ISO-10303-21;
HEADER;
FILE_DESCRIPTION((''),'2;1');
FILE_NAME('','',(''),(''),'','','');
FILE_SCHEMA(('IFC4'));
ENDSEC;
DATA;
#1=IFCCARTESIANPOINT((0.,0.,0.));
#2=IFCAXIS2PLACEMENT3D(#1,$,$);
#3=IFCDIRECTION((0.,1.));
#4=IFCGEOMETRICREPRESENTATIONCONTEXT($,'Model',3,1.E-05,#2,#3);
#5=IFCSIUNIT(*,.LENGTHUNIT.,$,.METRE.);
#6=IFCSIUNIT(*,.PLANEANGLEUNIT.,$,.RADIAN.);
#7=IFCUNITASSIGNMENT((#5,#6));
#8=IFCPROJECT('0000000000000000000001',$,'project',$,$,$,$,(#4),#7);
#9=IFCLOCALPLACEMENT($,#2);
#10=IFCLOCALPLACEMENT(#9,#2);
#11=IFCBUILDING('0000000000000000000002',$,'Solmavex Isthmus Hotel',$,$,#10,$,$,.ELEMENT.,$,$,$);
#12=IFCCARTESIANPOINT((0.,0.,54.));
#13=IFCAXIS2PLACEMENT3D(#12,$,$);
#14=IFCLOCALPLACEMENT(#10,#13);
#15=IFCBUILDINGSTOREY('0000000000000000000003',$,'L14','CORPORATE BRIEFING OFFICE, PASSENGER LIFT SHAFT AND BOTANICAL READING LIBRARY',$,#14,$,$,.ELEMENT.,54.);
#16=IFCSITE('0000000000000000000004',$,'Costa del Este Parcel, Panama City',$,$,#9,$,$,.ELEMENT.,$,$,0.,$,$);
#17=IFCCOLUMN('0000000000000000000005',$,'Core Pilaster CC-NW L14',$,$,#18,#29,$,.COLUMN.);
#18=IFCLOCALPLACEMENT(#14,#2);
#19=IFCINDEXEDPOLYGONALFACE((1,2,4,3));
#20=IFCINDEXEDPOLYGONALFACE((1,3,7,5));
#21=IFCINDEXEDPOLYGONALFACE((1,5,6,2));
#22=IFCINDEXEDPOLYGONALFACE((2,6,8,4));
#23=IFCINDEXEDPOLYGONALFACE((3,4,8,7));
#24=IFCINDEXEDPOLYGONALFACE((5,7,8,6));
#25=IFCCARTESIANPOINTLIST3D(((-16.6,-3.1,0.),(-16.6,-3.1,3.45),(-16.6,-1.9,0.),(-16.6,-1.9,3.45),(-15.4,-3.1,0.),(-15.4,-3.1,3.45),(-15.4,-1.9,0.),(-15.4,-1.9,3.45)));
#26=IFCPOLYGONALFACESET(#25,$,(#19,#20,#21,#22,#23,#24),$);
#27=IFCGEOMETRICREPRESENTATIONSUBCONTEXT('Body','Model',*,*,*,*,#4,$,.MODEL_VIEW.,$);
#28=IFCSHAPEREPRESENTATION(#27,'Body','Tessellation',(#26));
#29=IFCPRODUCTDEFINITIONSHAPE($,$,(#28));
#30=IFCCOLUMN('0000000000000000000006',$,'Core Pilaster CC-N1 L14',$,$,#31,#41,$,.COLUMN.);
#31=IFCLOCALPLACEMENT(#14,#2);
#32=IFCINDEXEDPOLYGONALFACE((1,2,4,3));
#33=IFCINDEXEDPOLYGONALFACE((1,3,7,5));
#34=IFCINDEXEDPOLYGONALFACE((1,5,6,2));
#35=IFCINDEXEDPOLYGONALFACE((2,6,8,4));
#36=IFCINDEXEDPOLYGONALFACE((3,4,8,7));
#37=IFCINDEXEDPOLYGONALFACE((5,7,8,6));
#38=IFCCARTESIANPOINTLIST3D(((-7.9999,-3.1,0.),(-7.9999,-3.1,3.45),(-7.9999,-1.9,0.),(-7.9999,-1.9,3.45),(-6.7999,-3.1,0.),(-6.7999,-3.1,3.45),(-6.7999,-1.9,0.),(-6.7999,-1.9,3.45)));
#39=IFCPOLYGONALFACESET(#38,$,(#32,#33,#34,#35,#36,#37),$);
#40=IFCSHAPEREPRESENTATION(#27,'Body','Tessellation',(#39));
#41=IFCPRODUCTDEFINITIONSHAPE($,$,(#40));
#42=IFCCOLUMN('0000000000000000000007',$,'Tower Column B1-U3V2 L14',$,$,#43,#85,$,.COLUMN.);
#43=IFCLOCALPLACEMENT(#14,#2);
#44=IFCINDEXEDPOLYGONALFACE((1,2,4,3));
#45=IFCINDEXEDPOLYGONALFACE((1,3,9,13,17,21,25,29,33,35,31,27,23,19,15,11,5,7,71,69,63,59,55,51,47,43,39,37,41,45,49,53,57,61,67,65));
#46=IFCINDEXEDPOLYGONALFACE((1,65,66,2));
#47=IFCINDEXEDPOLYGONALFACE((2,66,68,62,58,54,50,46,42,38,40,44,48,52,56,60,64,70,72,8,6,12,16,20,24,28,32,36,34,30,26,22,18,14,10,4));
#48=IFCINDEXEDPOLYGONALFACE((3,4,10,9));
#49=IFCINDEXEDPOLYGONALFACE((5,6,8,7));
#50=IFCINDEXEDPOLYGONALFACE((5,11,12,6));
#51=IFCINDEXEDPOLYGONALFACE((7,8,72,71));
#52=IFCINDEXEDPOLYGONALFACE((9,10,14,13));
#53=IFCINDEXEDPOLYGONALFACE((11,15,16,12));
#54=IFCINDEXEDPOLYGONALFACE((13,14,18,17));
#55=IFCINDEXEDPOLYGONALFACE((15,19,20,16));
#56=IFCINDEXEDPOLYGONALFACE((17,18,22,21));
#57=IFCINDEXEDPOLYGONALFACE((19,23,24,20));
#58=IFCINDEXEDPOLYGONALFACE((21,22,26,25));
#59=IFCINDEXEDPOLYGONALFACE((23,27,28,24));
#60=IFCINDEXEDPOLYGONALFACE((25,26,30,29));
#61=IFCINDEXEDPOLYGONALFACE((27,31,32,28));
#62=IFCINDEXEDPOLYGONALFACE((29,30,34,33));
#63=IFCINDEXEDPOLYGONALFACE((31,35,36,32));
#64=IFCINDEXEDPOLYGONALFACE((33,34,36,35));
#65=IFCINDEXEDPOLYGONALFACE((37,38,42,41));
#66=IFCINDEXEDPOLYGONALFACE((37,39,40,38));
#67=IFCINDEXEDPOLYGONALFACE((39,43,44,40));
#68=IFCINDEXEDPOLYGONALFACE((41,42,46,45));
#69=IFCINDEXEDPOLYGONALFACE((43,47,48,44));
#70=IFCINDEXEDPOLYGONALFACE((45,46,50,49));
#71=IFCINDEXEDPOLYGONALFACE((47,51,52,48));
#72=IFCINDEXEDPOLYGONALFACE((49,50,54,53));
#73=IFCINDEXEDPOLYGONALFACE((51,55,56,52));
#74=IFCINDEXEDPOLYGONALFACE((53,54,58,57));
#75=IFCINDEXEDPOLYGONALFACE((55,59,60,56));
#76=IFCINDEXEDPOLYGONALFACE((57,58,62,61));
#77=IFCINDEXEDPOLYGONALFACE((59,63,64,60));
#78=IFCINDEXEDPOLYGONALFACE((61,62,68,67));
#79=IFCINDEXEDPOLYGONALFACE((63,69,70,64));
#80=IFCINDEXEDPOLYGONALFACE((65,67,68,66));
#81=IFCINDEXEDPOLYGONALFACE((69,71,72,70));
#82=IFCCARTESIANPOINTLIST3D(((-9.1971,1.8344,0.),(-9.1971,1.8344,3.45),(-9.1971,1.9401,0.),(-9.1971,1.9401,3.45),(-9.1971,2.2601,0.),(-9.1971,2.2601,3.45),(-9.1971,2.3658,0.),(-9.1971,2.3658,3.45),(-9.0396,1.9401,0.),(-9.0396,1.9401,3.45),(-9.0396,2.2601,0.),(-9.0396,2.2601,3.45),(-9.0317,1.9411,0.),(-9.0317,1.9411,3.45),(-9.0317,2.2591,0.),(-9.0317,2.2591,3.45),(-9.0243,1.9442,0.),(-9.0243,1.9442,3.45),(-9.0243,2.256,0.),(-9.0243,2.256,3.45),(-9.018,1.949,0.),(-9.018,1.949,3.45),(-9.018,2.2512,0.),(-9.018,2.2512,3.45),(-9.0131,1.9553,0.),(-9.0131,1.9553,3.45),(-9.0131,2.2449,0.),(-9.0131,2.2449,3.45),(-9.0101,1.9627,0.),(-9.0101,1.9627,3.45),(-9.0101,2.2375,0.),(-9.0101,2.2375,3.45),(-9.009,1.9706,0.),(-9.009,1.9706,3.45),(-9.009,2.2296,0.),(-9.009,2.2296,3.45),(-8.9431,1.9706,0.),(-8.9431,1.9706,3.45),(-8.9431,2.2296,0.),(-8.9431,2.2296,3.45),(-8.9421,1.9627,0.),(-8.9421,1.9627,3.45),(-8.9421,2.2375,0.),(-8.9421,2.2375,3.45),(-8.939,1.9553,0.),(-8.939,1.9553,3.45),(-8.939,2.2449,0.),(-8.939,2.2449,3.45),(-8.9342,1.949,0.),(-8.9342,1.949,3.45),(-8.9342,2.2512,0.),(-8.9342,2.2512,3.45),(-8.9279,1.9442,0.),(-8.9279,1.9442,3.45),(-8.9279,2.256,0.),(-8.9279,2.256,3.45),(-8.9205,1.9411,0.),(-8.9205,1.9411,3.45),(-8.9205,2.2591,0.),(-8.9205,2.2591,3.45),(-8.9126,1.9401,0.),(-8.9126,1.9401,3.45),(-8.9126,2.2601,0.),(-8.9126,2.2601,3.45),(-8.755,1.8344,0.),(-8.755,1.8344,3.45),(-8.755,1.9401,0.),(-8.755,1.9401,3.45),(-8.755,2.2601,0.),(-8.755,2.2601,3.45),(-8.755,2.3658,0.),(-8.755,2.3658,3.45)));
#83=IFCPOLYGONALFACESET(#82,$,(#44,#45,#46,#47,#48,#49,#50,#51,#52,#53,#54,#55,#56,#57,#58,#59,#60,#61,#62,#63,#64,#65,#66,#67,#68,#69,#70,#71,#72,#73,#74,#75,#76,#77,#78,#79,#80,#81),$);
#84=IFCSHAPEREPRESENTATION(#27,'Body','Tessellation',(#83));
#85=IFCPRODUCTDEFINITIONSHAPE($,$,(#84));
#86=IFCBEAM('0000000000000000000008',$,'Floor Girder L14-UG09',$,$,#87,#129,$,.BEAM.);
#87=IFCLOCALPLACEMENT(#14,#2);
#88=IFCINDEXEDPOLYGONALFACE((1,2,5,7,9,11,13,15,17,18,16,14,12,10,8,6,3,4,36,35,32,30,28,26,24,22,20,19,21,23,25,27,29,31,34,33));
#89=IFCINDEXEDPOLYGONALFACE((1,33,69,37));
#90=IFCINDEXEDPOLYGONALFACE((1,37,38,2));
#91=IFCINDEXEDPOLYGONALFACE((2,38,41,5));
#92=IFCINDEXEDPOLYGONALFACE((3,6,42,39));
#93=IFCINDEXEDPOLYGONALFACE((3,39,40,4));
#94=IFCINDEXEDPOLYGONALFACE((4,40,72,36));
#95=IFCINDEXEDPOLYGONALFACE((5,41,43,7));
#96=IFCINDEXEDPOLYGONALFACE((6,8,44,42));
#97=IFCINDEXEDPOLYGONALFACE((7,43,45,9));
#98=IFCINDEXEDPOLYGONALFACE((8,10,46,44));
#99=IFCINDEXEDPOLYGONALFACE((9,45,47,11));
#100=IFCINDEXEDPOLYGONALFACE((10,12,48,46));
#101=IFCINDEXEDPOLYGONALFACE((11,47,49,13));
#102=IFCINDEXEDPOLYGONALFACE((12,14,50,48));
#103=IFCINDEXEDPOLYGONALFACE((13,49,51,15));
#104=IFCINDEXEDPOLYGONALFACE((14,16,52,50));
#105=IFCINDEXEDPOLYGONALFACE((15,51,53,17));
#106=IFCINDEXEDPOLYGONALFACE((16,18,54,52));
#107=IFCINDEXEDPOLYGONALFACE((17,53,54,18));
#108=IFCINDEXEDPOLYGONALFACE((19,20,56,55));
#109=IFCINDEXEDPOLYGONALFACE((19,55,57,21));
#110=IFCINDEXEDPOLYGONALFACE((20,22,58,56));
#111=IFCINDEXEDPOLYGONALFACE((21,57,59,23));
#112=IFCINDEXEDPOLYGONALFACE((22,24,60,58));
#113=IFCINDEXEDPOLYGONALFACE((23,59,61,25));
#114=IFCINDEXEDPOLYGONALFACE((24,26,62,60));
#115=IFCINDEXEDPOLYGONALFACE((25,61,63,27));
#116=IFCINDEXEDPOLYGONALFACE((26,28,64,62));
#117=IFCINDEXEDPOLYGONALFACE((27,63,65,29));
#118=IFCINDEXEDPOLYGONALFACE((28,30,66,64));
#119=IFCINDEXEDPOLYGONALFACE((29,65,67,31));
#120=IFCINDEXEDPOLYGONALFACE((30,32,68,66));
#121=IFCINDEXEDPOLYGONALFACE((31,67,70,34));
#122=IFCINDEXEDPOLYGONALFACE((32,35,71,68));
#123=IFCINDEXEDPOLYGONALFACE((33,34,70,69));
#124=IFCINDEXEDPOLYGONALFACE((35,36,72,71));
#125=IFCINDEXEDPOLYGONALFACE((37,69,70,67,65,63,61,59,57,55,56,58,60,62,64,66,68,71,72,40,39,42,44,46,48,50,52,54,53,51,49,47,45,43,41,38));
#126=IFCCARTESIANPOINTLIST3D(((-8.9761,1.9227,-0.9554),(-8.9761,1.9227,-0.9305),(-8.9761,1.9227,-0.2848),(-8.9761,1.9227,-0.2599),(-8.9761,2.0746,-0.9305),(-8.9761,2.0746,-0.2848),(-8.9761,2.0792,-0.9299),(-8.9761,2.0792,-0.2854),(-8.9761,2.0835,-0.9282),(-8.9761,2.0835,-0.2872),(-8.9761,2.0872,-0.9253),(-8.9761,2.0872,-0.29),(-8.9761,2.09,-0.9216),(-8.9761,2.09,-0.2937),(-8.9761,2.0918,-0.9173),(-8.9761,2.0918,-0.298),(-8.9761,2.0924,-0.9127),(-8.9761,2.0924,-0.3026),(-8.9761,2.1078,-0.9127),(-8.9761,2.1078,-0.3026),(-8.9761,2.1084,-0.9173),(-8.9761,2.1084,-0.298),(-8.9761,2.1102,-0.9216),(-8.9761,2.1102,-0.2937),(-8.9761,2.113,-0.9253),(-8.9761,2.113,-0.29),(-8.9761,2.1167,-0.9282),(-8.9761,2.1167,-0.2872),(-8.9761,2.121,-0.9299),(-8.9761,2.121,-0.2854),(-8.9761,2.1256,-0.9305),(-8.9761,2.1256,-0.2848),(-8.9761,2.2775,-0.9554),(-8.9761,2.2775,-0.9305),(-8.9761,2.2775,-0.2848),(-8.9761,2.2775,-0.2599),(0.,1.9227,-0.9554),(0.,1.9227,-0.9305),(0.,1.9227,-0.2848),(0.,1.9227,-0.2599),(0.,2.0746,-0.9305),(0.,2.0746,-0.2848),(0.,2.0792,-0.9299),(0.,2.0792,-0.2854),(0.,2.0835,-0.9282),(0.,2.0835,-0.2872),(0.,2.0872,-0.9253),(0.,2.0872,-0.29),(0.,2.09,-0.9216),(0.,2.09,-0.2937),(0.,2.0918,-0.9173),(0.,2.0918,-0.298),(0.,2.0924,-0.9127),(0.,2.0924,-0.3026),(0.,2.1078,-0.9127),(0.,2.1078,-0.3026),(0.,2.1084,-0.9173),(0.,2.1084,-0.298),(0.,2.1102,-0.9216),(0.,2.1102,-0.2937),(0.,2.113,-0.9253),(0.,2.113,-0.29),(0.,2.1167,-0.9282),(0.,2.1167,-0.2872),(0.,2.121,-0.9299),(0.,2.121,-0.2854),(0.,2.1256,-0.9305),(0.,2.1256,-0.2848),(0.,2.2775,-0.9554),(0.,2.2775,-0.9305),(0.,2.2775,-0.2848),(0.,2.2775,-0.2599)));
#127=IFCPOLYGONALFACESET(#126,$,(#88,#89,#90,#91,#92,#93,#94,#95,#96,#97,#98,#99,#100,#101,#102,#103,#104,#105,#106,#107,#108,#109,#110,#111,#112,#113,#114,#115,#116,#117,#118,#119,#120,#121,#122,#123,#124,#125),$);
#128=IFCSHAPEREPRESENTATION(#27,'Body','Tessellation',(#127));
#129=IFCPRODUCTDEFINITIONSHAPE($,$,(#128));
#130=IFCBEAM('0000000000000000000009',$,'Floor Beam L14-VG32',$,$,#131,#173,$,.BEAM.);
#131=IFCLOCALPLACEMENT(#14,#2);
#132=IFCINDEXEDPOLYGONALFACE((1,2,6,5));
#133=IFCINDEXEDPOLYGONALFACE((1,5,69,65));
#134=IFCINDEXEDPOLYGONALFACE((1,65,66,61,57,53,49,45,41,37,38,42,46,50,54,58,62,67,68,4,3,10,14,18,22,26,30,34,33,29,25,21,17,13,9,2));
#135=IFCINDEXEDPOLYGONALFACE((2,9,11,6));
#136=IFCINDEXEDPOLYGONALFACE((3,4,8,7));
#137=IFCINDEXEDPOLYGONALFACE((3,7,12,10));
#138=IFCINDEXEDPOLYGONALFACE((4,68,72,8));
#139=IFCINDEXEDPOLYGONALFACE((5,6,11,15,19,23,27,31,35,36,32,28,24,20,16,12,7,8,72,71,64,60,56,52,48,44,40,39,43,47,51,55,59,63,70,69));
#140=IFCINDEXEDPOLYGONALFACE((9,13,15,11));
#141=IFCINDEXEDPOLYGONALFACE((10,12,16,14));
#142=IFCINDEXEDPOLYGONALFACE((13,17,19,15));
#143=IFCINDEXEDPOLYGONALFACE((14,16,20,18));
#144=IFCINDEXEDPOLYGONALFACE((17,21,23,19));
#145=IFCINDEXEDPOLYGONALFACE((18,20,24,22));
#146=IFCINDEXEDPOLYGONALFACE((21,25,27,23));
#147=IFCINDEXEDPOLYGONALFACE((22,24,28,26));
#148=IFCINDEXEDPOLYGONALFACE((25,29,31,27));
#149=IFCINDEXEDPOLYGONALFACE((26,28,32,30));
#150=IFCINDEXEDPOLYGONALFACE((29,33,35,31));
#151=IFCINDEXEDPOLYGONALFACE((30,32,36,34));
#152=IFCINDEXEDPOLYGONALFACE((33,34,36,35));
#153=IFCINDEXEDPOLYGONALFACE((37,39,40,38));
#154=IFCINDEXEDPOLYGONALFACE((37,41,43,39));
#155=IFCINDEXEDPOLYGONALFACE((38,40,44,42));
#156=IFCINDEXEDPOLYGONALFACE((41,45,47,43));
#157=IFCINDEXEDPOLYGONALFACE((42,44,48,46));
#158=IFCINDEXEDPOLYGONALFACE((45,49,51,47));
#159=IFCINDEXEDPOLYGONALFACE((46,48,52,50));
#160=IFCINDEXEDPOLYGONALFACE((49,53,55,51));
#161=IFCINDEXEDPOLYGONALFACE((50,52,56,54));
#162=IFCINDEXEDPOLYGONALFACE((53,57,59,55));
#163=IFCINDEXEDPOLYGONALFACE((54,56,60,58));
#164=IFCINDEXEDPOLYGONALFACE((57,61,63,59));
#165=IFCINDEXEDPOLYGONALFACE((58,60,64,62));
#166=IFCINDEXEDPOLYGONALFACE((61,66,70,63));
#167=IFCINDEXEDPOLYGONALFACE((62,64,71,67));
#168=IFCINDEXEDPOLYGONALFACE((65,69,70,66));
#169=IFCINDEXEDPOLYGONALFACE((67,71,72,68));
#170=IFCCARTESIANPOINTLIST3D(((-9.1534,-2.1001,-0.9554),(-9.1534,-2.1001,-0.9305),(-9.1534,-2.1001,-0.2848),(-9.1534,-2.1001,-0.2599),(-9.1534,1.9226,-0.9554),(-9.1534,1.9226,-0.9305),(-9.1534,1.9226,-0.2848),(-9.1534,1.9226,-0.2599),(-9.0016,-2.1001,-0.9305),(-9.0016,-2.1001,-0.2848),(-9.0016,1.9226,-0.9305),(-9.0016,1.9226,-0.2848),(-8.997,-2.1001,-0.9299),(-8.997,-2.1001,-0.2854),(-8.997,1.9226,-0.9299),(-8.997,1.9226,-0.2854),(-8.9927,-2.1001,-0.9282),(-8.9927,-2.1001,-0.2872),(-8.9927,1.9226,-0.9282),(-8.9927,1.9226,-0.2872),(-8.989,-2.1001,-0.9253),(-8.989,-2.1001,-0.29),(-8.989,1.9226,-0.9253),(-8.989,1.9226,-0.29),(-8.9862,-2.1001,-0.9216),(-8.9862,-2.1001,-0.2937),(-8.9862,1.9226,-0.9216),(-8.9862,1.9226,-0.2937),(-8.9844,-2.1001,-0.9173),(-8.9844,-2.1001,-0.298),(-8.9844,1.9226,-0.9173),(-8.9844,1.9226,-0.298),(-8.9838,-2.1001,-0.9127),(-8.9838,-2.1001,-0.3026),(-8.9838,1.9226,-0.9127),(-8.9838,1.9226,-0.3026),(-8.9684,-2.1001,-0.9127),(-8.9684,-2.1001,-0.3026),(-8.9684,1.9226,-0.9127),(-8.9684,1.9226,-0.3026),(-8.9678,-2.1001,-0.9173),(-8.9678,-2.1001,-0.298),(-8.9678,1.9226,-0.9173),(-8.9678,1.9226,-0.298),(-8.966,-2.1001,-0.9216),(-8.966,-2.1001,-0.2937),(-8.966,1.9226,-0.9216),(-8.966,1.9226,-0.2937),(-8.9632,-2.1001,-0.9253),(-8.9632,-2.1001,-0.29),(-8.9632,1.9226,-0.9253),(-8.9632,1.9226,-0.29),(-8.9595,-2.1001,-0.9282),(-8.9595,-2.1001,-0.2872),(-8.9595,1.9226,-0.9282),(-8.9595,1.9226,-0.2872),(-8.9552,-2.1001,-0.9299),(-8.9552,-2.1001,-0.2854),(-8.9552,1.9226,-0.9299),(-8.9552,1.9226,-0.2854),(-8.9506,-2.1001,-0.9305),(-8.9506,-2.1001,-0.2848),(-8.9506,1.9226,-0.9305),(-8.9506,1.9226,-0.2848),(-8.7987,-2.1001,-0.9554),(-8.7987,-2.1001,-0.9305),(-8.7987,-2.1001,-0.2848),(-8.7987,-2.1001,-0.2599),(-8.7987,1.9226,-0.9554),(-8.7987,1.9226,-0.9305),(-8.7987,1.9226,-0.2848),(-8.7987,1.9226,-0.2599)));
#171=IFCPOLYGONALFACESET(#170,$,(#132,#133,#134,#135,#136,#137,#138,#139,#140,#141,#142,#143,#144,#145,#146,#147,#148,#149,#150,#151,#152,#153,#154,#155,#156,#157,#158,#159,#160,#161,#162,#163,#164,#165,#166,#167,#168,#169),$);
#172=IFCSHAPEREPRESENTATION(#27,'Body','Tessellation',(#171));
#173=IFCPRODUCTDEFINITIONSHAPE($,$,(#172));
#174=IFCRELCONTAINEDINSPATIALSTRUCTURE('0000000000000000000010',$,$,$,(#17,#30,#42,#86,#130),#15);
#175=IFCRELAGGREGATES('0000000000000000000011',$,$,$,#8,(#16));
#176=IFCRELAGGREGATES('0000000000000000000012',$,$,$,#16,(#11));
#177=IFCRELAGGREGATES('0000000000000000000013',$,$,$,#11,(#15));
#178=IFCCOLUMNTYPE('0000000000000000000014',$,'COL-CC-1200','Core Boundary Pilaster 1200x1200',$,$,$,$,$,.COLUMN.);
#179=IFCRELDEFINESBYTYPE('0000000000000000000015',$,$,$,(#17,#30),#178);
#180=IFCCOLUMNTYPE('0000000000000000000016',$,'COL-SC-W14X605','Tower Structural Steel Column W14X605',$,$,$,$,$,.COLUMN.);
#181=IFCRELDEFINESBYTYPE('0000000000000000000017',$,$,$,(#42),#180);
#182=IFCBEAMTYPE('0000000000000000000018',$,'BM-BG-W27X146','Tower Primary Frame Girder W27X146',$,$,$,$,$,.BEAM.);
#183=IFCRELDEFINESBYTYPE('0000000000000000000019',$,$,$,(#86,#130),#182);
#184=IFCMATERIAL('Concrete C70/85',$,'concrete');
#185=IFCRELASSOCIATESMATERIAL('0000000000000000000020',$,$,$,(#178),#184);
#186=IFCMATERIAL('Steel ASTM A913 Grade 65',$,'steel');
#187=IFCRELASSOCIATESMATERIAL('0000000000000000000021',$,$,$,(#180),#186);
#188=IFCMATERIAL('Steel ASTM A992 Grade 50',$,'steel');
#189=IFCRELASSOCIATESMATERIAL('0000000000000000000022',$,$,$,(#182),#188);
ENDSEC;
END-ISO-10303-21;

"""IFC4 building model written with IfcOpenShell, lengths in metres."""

from ifc_helpers import new_model, si_unit, direction, frame, origin, origin_2d, place, context, subcontext, project, spatial, rectangle, i_section, extrude, material, material_profile, profile_set, type_object, element, save


model = new_model("IFC4")

# Units and contexts
model_context = context("Model", 3, precision=1e-05, world=origin(), true_north=direction((0.0, 1.0)))
body_context = subcontext(model_context, "Body", "Model", "MODEL_VIEW")
ifc_project = project(units=[si_unit("LENGTHUNIT", "METRE"), si_unit("PLANEANGLEUNIT", "RADIAN")], contexts=[model_context])

# Site, building, storey
site_placement = place(None, origin())
site = spatial("IfcSite", under=ifc_project, at=site_placement, Name="Costa del Este Parcel, Panama City", CompositionType="ELEMENT", RefElevation=0.0)
building_placement = place(site_placement, origin())
building = spatial("IfcBuilding", under=site, at=building_placement, Name="Solmavex Isthmus Hotel", CompositionType="ELEMENT")
storey_placement = place(building_placement, frame((0.0, 0.0, 54.0)))
storey = spatial("IfcBuildingStorey", under=building, at=storey_placement, Name="L14", Description="CORPORATE BRIEFING OFFICE, PASSENGER LIFT SHAFT AND BOTANICAL READING LIBRARY", CompositionType="ELEMENT", Elevation=54.0)

# Columns
ifc_material_1 = material(Name="Concrete C70/85", Category="concrete")
ifc_material_profile_1 = material_profile(ifc_material_1, rectangle(XDim=1.2, YDim=1.2, at=origin_2d()), Name="RC1200X1200")
ifc_profile_set_1 = profile_set([ifc_material_profile_1], Name="Concrete C70/85")
column_type_1 = type_object("IfcColumnType", Name="COL-CC-1200", Description="Core Boundary Pilaster 1200x1200", PredefinedType="COLUMN", material=ifc_profile_set_1)
for number, where, z_axis, x_axis, name in (
    (1, (-16.0, -2.5, 0.0), (0.0, 0.0, 1.0), (1.0, 0.0, 0.0), "Core Pilaster CC-NW L14"),
    (2, (-7.3999, -2.5, 0.0), (0.0, 0.0, 1.0), (1.0, 0.0, 0.0), "Core Pilaster CC-N1 L14"),
):
    element("IfcColumn", number, at=place(storey_placement, frame(where, z_axis=z_axis, x_axis=x_axis)), inside=storey, type_object=column_type_1, Name=name, PredefinedType="COLUMN", context=body_context, shape_type="SweptSolid", body=[
        extrude(rectangle(XDim=1.2, YDim=1.2, at=origin_2d()), origin(), (0.0, 0.0, 1.0), 3.45),
    ])
ifc_material_2 = material(Name="Steel ASTM A913 Grade 65", Category="steel")
ifc_material_profile_2 = material_profile(ifc_material_2, i_section(OverallWidth=0.4421, OverallDepth=0.5315, WebThickness=0.0659, FlangeThickness=0.1057, FilletRadius=0.0305, at=origin_2d()), Name="W14X605")
ifc_profile_set_2 = profile_set([ifc_material_profile_2], Name="Steel ASTM A913 Grade 65")
column_type_2 = type_object("IfcColumnType", Name="COL-SC-W14X605", Description="Tower Structural Steel Column W14X605", PredefinedType="COLUMN", material=ifc_profile_set_2)
column_placement = place(storey_placement, frame((-8.9761, 2.1001, 0.0), z_axis=(0.0, 0.0, 1.0), x_axis=(1.0, 0.0, 0.0)))
element("IfcColumn", 3, at=column_placement, inside=storey, type_object=column_type_2, Name="Tower Column B1-U3V2 L14", PredefinedType="COLUMN", context=body_context, shape_type="SweptSolid", body=[
    extrude(i_section(OverallWidth=0.4421, OverallDepth=0.5315, WebThickness=0.0659, FlangeThickness=0.1057, FilletRadius=0.0305, at=origin_2d()), origin(), (0.0, 0.0, 1.0), 3.45),
])

# Beams
ifc_material_3 = material(Name="Steel ASTM A992 Grade 50", Category="steel")
ifc_material_profile_3 = material_profile(ifc_material_3, i_section(OverallWidth=0.3547, OverallDepth=0.6956, WebThickness=0.0154, FlangeThickness=0.0249, FilletRadius=0.0178, at=origin_2d()), Name="W27X146")
ifc_profile_set_3 = profile_set([ifc_material_profile_3], Name="Steel ASTM A992 Grade 50")
beam_type_1 = type_object("IfcBeamType", Name="BM-BG-W27X146", Description="Tower Primary Frame Girder W27X146", PredefinedType="BEAM", material=ifc_profile_set_3)
beam_1_placement = place(storey_placement, frame((-8.9761, 2.1001, -0.6077), z_axis=(1.0, 0.0, 0.0), x_axis=(0.0, 1.0, 0.0)))
element("IfcBeam", 4, at=beam_1_placement, inside=storey, type_object=beam_type_1, Name="Floor Girder L14-UG09", PredefinedType="BEAM", context=body_context, shape_type="SweptSolid", body=[
    extrude(i_section(OverallWidth=0.3547, OverallDepth=0.6956, WebThickness=0.0154, FlangeThickness=0.0249, FilletRadius=0.0178, at=origin_2d()), origin(), (0.0, 0.0, 1.0), 8.9761),
])
for number, where, z_axis, x_axis, name in (
    (5, (-8.9761, -2.1001, -0.6077), (0.0, 1.0, 0.0), (-1.0, 0.0, 0.0), "Floor Beam L14-VG32"),
):
    element("IfcBeam", number, at=place(storey_placement, frame(where, z_axis=z_axis, x_axis=x_axis)), inside=storey, type_object=beam_type_1, Name=name, PredefinedType="BEAM", context=body_context, shape_type="SweptSolid", body=[
        extrude(i_section(OverallWidth=0.3547, OverallDepth=0.6956, WebThickness=0.0154, FlangeThickness=0.0249, FilletRadius=0.0178, at=origin_2d()), origin(), (0.0, 0.0, 1.0), 4.0227),
    ])

save(model, "model.ifc")
